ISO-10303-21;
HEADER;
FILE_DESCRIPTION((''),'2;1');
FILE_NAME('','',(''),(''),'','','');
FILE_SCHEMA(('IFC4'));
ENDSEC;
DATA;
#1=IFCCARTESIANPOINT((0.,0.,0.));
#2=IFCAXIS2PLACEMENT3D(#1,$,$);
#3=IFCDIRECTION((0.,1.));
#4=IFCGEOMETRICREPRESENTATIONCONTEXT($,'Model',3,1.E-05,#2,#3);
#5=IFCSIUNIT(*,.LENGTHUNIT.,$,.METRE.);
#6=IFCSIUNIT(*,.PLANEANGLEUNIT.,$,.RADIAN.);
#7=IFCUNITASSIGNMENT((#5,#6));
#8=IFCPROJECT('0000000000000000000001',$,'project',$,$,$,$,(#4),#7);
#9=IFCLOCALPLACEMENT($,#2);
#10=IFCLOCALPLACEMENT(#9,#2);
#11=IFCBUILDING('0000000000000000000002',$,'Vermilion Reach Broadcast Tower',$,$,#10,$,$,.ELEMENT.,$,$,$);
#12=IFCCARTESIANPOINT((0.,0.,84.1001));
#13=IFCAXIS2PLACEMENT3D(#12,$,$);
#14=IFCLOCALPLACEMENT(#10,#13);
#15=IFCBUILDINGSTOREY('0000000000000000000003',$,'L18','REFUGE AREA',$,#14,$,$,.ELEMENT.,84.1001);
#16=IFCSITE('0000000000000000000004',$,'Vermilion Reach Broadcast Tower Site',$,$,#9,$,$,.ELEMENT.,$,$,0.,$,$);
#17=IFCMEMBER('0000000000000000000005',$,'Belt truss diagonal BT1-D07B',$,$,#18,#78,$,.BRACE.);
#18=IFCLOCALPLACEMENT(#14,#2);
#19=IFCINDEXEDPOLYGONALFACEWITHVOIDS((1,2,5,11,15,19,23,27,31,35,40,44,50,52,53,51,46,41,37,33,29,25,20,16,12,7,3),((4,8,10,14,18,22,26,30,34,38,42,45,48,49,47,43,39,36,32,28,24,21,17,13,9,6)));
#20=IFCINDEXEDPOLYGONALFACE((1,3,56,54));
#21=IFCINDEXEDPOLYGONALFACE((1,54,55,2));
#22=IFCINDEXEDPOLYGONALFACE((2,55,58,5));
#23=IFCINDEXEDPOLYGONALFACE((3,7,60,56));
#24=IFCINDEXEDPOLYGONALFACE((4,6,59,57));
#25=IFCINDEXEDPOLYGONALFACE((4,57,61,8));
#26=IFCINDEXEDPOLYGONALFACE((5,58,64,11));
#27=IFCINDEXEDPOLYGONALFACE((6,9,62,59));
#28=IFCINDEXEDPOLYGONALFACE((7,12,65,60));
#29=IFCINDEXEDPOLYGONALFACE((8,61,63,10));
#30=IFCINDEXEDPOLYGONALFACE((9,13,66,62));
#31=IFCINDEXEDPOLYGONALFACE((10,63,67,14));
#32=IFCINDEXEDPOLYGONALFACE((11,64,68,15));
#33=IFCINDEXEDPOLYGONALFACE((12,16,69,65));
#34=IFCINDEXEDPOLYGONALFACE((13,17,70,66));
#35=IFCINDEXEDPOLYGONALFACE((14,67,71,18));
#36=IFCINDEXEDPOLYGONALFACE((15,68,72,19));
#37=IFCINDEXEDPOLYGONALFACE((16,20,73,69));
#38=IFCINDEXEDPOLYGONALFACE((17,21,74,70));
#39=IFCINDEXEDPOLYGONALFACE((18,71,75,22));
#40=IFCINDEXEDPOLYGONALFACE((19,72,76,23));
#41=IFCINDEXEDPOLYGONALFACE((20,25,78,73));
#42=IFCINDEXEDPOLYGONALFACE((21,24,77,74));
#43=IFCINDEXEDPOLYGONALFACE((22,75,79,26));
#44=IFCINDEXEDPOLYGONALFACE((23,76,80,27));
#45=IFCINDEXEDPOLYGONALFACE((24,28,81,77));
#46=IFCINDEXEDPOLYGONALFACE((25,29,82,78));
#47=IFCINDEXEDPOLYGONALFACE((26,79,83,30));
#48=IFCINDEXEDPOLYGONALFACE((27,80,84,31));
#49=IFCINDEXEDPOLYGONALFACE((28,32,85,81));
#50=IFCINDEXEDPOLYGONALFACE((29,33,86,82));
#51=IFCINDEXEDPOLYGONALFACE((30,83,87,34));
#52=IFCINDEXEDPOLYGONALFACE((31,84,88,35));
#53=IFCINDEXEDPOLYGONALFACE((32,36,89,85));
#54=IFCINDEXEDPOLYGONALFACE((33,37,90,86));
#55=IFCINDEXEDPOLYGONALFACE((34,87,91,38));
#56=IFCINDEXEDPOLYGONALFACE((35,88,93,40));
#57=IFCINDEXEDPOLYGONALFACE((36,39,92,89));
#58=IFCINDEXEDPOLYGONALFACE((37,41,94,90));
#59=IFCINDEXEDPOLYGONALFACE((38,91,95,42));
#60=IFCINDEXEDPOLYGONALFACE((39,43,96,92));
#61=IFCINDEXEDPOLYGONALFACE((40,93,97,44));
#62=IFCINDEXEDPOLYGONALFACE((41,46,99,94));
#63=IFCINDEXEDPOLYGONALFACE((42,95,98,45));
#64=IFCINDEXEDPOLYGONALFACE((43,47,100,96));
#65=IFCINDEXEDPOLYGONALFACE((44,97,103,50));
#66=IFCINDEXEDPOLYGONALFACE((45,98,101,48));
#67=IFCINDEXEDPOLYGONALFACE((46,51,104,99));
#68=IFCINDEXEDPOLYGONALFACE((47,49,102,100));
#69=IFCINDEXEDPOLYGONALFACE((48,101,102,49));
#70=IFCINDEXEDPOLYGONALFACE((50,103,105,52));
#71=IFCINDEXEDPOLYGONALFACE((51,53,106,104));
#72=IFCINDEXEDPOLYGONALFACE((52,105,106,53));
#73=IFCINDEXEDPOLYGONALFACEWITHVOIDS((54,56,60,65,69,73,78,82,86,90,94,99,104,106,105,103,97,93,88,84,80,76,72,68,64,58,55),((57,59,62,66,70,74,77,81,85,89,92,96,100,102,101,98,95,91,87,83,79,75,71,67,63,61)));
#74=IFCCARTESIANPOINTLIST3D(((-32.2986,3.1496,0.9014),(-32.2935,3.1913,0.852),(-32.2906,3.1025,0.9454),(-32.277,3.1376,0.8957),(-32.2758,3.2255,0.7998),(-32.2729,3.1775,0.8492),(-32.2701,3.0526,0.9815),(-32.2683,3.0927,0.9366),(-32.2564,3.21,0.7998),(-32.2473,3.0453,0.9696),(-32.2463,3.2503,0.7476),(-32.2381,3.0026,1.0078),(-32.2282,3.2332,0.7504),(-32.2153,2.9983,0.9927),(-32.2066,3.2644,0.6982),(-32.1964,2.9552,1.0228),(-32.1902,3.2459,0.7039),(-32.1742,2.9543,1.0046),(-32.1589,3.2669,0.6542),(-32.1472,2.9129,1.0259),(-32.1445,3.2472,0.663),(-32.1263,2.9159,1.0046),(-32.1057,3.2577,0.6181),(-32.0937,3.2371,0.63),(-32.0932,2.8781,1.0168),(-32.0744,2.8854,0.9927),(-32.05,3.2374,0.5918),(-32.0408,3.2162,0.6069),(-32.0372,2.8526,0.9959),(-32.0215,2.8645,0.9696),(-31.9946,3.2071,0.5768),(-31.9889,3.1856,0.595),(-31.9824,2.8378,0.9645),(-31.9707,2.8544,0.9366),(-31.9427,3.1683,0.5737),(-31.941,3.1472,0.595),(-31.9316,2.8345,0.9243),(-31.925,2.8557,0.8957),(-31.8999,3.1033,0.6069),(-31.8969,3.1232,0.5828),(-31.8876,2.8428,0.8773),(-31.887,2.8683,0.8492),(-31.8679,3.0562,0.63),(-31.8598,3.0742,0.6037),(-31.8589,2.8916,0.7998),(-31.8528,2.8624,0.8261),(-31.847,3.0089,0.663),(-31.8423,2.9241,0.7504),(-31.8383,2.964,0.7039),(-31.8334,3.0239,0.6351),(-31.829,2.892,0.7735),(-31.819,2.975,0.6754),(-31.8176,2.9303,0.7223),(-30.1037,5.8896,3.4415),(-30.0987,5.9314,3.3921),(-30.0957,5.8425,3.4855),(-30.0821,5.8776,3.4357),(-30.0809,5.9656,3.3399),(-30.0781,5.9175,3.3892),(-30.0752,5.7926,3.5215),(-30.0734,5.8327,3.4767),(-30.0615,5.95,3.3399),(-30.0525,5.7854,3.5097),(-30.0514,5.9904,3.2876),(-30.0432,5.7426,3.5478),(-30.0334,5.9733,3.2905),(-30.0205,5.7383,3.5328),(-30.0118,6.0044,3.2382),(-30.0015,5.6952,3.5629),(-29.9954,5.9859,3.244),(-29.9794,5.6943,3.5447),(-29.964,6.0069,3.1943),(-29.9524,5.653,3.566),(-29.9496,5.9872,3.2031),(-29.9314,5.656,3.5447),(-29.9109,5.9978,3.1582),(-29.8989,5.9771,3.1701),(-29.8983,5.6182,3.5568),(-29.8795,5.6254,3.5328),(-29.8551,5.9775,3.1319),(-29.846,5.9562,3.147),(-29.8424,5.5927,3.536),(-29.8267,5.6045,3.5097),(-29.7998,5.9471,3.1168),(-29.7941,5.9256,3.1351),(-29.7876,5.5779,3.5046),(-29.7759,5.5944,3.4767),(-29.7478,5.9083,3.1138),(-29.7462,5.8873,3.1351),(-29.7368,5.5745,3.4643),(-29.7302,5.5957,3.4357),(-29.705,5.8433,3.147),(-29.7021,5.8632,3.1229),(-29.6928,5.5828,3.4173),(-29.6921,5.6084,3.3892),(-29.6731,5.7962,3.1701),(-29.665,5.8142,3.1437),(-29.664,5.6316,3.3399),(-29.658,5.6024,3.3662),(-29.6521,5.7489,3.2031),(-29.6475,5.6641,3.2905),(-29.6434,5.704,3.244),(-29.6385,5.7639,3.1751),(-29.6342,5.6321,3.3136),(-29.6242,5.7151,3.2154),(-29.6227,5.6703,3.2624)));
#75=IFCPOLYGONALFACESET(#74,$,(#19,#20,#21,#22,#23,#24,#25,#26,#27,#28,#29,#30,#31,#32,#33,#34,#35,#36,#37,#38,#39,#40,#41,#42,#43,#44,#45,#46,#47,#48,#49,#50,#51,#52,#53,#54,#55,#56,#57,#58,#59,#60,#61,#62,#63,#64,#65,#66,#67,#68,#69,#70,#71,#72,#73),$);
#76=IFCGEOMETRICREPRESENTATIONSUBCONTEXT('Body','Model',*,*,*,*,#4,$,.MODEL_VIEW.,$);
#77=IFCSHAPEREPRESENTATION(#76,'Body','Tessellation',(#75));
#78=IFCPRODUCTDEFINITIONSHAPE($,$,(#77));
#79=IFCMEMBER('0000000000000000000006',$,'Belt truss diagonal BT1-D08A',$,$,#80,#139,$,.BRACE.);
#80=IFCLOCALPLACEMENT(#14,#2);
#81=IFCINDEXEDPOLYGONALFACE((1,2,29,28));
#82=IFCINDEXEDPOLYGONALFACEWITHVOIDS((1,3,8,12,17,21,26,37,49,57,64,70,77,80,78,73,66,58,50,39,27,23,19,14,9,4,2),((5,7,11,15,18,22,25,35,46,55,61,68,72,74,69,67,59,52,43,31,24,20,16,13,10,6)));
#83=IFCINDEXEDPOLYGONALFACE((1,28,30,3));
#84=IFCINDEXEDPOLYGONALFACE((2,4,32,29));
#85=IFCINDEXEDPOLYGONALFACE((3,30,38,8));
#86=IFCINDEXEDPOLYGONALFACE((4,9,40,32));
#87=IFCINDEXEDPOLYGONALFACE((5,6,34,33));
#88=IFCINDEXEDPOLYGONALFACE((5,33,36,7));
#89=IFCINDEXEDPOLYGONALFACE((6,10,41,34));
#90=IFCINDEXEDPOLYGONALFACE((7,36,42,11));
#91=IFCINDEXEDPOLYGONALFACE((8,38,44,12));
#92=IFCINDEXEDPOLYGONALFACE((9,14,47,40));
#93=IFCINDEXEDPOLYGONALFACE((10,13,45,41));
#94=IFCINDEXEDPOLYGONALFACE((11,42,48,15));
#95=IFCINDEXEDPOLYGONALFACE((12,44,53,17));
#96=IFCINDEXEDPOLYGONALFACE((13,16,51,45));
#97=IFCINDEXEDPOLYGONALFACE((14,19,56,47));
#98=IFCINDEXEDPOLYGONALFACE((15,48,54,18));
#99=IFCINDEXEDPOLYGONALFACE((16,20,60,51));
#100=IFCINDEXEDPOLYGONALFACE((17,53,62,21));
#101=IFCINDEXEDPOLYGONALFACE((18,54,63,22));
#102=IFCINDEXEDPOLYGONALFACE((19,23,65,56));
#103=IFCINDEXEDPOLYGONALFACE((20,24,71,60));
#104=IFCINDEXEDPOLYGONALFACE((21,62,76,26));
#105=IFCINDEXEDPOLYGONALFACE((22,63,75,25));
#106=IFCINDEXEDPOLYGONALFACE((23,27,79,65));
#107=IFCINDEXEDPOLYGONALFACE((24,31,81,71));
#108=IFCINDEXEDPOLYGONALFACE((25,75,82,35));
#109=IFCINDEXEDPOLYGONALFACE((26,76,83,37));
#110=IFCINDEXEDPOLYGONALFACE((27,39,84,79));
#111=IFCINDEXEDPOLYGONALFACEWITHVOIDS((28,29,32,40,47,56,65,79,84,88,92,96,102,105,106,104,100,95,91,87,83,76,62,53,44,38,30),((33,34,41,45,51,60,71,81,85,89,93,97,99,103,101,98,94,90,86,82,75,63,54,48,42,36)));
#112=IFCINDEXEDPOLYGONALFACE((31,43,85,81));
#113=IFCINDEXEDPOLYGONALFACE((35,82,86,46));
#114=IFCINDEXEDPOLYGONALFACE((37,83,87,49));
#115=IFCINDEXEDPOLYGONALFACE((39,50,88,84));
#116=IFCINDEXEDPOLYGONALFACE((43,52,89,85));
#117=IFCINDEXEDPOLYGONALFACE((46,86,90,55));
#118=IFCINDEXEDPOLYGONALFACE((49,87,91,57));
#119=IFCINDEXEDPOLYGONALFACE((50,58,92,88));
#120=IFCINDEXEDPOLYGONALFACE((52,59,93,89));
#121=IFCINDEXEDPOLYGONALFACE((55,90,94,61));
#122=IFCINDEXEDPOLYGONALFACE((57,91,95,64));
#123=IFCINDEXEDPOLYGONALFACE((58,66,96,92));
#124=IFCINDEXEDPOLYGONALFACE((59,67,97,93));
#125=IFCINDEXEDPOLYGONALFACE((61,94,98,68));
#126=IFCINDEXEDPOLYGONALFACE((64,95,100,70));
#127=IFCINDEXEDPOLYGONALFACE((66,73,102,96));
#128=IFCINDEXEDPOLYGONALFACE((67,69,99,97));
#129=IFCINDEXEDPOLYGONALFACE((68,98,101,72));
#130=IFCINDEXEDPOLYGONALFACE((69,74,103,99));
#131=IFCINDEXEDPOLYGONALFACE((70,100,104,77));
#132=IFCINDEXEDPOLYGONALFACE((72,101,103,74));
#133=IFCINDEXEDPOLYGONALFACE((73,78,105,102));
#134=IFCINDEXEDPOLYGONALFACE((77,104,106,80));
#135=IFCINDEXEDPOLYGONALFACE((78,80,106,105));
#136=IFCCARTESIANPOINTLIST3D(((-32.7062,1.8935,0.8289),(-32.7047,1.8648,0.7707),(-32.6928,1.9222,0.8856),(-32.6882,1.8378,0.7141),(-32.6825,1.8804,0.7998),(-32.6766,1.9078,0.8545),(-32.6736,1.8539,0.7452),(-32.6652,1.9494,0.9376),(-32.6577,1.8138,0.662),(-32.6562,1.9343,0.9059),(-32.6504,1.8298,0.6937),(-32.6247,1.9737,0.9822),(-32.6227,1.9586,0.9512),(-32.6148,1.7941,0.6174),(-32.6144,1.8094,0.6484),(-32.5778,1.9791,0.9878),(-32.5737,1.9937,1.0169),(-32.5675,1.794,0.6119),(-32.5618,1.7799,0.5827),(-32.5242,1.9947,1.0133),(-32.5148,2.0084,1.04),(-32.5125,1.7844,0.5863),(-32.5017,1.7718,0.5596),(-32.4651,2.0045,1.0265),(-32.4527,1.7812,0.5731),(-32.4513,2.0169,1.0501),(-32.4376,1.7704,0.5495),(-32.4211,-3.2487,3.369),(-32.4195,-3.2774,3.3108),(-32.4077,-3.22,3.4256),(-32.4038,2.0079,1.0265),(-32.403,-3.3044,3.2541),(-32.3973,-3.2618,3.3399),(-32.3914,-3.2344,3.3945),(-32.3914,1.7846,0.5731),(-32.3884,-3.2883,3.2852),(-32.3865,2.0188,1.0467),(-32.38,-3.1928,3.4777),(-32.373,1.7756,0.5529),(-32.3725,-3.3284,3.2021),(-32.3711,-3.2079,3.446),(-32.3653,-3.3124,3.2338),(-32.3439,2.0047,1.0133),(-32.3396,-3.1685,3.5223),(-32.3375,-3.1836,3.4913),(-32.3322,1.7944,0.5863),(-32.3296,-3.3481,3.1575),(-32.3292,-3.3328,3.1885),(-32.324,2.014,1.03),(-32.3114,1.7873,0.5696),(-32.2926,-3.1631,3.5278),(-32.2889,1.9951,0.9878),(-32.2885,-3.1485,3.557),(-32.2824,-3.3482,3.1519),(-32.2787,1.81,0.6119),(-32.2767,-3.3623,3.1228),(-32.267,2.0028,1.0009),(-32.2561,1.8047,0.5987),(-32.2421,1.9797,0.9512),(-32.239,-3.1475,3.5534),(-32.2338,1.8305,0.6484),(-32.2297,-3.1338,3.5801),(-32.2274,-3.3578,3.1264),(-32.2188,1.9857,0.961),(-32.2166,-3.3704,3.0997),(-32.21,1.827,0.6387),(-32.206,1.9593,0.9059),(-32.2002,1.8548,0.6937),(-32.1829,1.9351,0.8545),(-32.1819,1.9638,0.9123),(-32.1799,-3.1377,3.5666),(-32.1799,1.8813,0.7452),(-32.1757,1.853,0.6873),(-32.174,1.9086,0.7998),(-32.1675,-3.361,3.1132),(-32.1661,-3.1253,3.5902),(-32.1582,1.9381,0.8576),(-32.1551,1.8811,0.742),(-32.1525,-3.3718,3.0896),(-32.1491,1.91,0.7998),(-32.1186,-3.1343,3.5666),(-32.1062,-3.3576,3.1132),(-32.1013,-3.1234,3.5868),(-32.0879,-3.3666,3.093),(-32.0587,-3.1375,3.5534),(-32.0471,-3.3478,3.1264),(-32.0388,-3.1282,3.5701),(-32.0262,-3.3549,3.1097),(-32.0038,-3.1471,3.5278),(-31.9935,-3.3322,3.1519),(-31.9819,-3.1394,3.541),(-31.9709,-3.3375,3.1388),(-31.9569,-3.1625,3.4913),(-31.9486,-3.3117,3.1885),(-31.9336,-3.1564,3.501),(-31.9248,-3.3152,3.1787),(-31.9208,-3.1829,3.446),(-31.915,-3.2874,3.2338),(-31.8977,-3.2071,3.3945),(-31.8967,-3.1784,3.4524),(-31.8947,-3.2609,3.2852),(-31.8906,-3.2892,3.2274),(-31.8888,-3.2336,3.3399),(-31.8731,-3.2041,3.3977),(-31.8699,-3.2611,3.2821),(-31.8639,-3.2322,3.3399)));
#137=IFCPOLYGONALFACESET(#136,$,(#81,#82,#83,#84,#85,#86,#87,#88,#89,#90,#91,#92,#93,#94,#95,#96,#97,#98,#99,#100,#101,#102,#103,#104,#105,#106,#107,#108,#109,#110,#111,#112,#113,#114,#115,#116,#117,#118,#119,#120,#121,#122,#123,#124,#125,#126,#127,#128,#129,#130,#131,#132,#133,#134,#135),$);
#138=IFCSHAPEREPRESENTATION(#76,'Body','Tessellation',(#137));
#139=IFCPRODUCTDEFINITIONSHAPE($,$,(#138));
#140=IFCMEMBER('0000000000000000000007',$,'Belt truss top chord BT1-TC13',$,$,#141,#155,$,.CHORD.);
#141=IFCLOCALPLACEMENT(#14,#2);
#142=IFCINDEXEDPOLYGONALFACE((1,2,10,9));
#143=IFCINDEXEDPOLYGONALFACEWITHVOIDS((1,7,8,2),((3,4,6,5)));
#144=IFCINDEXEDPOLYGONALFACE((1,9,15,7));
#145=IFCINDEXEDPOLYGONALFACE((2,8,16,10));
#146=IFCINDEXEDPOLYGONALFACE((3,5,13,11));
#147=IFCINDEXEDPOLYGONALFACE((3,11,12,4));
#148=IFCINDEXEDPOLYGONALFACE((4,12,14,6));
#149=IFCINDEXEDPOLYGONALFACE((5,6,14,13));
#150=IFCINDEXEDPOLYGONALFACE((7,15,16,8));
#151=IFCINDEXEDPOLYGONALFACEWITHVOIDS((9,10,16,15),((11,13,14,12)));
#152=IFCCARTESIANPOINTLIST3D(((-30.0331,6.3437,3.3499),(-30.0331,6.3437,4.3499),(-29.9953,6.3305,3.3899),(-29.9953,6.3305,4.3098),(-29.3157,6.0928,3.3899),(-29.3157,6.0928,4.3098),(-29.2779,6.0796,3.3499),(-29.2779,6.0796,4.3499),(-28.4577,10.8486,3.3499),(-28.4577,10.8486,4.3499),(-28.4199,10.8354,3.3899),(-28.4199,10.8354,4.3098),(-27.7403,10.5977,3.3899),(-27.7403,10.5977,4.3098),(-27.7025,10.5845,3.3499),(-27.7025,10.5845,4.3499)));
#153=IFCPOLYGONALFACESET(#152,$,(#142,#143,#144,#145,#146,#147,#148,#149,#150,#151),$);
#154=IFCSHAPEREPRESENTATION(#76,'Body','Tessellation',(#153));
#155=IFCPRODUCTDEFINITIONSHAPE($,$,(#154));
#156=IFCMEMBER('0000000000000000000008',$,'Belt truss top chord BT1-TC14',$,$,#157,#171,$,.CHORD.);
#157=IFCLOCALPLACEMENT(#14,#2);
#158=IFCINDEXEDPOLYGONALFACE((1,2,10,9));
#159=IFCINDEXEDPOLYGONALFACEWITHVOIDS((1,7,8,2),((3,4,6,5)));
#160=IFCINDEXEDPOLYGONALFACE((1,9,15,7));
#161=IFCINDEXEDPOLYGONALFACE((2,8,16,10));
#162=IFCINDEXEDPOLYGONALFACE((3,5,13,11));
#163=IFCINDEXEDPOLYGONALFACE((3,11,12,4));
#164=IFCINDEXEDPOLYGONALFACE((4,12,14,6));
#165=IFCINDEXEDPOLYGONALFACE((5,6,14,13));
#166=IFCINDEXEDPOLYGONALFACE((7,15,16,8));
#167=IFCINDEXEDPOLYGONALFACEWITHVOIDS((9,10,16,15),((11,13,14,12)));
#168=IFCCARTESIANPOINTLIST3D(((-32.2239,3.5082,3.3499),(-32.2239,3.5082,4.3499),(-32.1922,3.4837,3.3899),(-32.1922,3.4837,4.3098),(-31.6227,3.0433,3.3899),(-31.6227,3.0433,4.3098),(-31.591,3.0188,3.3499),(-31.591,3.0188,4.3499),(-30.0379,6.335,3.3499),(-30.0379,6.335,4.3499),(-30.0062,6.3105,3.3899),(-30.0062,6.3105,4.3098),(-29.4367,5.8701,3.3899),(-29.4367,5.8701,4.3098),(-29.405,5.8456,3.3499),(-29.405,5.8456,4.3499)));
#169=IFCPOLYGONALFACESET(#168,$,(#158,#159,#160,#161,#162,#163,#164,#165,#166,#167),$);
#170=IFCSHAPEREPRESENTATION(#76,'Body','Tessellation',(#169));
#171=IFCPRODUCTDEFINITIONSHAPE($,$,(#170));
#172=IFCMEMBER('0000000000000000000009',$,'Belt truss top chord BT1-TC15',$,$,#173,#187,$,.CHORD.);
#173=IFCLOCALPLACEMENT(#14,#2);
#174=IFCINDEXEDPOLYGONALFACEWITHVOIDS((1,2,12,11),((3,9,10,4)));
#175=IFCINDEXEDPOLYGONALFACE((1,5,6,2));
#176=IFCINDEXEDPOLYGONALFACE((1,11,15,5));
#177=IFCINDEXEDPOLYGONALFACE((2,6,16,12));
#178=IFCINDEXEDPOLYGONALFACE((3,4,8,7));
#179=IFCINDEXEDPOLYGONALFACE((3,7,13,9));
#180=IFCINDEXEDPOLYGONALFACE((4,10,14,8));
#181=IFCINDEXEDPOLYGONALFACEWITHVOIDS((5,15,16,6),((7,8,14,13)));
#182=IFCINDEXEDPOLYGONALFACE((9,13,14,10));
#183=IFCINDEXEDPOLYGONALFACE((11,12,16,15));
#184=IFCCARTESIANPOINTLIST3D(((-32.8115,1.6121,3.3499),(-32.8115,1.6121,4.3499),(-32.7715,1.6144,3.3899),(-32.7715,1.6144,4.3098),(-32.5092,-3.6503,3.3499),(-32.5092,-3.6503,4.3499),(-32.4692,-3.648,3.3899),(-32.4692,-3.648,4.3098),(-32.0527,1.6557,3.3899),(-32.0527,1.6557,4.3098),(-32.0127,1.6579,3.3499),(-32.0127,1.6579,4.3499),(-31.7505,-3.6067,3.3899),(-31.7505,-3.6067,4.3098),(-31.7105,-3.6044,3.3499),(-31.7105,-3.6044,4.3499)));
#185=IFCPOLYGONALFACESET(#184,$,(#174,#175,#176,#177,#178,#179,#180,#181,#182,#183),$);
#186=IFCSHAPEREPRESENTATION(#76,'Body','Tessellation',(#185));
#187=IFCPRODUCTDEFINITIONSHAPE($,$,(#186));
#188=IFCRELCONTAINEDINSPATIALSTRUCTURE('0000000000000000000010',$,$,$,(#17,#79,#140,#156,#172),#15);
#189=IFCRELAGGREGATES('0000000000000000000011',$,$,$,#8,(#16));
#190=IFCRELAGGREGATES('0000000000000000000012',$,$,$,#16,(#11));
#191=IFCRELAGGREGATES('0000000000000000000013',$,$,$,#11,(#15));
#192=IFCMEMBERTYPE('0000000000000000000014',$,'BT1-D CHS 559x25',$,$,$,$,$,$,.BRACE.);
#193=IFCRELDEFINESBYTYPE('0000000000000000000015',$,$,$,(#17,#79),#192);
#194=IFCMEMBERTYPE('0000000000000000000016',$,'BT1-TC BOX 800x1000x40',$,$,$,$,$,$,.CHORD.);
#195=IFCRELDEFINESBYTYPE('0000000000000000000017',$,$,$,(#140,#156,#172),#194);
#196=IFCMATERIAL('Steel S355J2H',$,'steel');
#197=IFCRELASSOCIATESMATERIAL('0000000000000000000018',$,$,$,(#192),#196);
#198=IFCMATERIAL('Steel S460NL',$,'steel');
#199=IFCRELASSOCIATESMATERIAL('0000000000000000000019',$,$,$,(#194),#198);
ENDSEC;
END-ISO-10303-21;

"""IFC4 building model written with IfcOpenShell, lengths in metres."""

from ifc_helpers import new_model, si_unit, direction, frame, origin, origin_2d, place, context, subcontext, project, spatial, hollow_rectangle, hollow_circle, extrude, material, material_profile, profile_set, type_object, element, save


model = new_model("IFC4")

# Units and contexts
model_context = context("Model", 3, precision=1e-05, world=origin(), true_north=direction((0.0, 1.0)))
body_context = subcontext(model_context, "Body", "Model", "MODEL_VIEW")
ifc_project = project(units=[si_unit("LENGTHUNIT", "METRE"), si_unit("PLANEANGLEUNIT", "RADIAN")], contexts=[model_context])

# Site, building, storey
site_placement = place(None, origin())
site = spatial("IfcSite", under=ifc_project, at=site_placement, Name="Vermilion Reach Broadcast Tower Site", CompositionType="ELEMENT", RefElevation=0.0)
building_placement = place(site_placement, origin())
building = spatial("IfcBuilding", under=site, at=building_placement, Name="Vermilion Reach Broadcast Tower", CompositionType="ELEMENT")
storey_placement = place(building_placement, frame((0.0, 0.0, 84.1001)))
storey = spatial("IfcBuildingStorey", under=building, at=storey_placement, Name="L18", Description="REFUGE AREA", CompositionType="ELEMENT", Elevation=84.1001)

# Members
ifc_material_1 = material(Name="Steel S355J2H", Category="steel")
ifc_material_profile_1 = material_profile(ifc_material_1, hollow_circle(Radius=0.2795, WallThickness=0.0249, at=origin_2d()), Name="S355J2H CHS 559x25")
ifc_profile_set_1 = profile_set([ifc_material_profile_1], Name="Steel S355J2H")
member_type_1 = type_object("IfcMemberType", Name="BT1-D CHS 559x25", PredefinedType="BRACE", material=ifc_profile_set_1)
member_1_placement = place(storey_placement, frame((-32.0576, 3.0508, 0.7998), z_axis=(0.506514, 0.632325, 0.586181), x_axis=(-0.780475, 0.625187, 0.0)))
element("IfcMember", 1, at=member_1_placement, inside=storey, type_object=member_type_1, Name="Belt truss diagonal BT1-D07B", PredefinedType="BRACE", context=body_context, shape_type="SweptSolid", body=[
    extrude(hollow_circle(Radius=0.2795, WallThickness=0.0249, at=origin_2d()), origin(), (0.0, 0.0, 1.0), 4.3333),
])
member_2_placement = place(storey_placement, frame((-32.4282, 1.8945, 0.7998), z_axis=(0.049659, -0.895473, 0.442337), x_axis=(0.998466, 0.05537, 0.0)))
element("IfcMember", 2, at=member_2_placement, inside=storey, type_object=member_type_1, Name="Belt truss diagonal BT1-D08A", PredefinedType="BRACE", context=body_context, shape_type="SweptSolid", body=[
    extrude(hollow_circle(Radius=0.2795, WallThickness=0.0249, at=origin_2d()), origin(), (0.0, 0.0, 1.0), 5.7424),
])
ifc_material_2 = material(Name="Steel S460NL", Category="steel")
ifc_material_profile_2 = material_profile(ifc_material_2, hollow_rectangle(XDim=0.8, YDim=1.0, WallThickness=0.04, at=origin_2d()), Name="S460NL BOX 800x1000x40")
ifc_profile_set_2 = profile_set([ifc_material_profile_2], Name="Steel S460NL")
member_type_2 = type_object("IfcMemberType", Name="BT1-TC BOX 800x1000x40", PredefinedType="CHORD", material=ifc_profile_set_2)
member_3_placement = place(storey_placement, frame((-28.0801, 10.7166, 3.8499), z_axis=(-0.330113, -0.943941, 0.0), x_axis=(0.943941, -0.330113, 0.0)))
element("IfcMember", 3, at=member_3_placement, inside=storey, type_object=member_type_2, Name="Belt truss top chord BT1-TC13", PredefinedType="CHORD", context=body_context, shape_type="SweptSolid", body=[
    extrude(hollow_rectangle(XDim=0.8, YDim=1.0, WallThickness=0.04, at=origin_2d()), origin(), (0.0, 0.0, 1.0), 4.7725),
])
member_4_placement = place(storey_placement, frame((-29.7214, 6.0903, 3.8499), z_axis=(-0.611729, -0.791067, 0.0), x_axis=(0.791067, -0.611729, 0.0)))
element("IfcMember", 4, at=member_4_placement, inside=storey, type_object=member_type_2, Name="Belt truss top chord BT1-TC14", PredefinedType="CHORD", context=body_context, shape_type="SweptSolid", body=[
    extrude(hollow_rectangle(XDim=0.8, YDim=1.0, WallThickness=0.04, at=origin_2d()), origin(), (0.0, 0.0, 1.0), 3.5735),
])
member_5_placement = place(storey_placement, frame((-32.4121, 1.635, 3.8499), z_axis=(0.057343, -0.998355, 0.0), x_axis=(0.998355, 0.057343, 0.0)))
element("IfcMember", 5, at=member_5_placement, inside=storey, type_object=member_type_2, Name="Belt truss top chord BT1-TC15", PredefinedType="CHORD", context=body_context, shape_type="SweptSolid", body=[
    extrude(hollow_rectangle(XDim=0.8, YDim=1.0, WallThickness=0.04, at=origin_2d()), origin(), (0.0, 0.0, 1.0), 5.271),
])

save(model, "model.ifc")
